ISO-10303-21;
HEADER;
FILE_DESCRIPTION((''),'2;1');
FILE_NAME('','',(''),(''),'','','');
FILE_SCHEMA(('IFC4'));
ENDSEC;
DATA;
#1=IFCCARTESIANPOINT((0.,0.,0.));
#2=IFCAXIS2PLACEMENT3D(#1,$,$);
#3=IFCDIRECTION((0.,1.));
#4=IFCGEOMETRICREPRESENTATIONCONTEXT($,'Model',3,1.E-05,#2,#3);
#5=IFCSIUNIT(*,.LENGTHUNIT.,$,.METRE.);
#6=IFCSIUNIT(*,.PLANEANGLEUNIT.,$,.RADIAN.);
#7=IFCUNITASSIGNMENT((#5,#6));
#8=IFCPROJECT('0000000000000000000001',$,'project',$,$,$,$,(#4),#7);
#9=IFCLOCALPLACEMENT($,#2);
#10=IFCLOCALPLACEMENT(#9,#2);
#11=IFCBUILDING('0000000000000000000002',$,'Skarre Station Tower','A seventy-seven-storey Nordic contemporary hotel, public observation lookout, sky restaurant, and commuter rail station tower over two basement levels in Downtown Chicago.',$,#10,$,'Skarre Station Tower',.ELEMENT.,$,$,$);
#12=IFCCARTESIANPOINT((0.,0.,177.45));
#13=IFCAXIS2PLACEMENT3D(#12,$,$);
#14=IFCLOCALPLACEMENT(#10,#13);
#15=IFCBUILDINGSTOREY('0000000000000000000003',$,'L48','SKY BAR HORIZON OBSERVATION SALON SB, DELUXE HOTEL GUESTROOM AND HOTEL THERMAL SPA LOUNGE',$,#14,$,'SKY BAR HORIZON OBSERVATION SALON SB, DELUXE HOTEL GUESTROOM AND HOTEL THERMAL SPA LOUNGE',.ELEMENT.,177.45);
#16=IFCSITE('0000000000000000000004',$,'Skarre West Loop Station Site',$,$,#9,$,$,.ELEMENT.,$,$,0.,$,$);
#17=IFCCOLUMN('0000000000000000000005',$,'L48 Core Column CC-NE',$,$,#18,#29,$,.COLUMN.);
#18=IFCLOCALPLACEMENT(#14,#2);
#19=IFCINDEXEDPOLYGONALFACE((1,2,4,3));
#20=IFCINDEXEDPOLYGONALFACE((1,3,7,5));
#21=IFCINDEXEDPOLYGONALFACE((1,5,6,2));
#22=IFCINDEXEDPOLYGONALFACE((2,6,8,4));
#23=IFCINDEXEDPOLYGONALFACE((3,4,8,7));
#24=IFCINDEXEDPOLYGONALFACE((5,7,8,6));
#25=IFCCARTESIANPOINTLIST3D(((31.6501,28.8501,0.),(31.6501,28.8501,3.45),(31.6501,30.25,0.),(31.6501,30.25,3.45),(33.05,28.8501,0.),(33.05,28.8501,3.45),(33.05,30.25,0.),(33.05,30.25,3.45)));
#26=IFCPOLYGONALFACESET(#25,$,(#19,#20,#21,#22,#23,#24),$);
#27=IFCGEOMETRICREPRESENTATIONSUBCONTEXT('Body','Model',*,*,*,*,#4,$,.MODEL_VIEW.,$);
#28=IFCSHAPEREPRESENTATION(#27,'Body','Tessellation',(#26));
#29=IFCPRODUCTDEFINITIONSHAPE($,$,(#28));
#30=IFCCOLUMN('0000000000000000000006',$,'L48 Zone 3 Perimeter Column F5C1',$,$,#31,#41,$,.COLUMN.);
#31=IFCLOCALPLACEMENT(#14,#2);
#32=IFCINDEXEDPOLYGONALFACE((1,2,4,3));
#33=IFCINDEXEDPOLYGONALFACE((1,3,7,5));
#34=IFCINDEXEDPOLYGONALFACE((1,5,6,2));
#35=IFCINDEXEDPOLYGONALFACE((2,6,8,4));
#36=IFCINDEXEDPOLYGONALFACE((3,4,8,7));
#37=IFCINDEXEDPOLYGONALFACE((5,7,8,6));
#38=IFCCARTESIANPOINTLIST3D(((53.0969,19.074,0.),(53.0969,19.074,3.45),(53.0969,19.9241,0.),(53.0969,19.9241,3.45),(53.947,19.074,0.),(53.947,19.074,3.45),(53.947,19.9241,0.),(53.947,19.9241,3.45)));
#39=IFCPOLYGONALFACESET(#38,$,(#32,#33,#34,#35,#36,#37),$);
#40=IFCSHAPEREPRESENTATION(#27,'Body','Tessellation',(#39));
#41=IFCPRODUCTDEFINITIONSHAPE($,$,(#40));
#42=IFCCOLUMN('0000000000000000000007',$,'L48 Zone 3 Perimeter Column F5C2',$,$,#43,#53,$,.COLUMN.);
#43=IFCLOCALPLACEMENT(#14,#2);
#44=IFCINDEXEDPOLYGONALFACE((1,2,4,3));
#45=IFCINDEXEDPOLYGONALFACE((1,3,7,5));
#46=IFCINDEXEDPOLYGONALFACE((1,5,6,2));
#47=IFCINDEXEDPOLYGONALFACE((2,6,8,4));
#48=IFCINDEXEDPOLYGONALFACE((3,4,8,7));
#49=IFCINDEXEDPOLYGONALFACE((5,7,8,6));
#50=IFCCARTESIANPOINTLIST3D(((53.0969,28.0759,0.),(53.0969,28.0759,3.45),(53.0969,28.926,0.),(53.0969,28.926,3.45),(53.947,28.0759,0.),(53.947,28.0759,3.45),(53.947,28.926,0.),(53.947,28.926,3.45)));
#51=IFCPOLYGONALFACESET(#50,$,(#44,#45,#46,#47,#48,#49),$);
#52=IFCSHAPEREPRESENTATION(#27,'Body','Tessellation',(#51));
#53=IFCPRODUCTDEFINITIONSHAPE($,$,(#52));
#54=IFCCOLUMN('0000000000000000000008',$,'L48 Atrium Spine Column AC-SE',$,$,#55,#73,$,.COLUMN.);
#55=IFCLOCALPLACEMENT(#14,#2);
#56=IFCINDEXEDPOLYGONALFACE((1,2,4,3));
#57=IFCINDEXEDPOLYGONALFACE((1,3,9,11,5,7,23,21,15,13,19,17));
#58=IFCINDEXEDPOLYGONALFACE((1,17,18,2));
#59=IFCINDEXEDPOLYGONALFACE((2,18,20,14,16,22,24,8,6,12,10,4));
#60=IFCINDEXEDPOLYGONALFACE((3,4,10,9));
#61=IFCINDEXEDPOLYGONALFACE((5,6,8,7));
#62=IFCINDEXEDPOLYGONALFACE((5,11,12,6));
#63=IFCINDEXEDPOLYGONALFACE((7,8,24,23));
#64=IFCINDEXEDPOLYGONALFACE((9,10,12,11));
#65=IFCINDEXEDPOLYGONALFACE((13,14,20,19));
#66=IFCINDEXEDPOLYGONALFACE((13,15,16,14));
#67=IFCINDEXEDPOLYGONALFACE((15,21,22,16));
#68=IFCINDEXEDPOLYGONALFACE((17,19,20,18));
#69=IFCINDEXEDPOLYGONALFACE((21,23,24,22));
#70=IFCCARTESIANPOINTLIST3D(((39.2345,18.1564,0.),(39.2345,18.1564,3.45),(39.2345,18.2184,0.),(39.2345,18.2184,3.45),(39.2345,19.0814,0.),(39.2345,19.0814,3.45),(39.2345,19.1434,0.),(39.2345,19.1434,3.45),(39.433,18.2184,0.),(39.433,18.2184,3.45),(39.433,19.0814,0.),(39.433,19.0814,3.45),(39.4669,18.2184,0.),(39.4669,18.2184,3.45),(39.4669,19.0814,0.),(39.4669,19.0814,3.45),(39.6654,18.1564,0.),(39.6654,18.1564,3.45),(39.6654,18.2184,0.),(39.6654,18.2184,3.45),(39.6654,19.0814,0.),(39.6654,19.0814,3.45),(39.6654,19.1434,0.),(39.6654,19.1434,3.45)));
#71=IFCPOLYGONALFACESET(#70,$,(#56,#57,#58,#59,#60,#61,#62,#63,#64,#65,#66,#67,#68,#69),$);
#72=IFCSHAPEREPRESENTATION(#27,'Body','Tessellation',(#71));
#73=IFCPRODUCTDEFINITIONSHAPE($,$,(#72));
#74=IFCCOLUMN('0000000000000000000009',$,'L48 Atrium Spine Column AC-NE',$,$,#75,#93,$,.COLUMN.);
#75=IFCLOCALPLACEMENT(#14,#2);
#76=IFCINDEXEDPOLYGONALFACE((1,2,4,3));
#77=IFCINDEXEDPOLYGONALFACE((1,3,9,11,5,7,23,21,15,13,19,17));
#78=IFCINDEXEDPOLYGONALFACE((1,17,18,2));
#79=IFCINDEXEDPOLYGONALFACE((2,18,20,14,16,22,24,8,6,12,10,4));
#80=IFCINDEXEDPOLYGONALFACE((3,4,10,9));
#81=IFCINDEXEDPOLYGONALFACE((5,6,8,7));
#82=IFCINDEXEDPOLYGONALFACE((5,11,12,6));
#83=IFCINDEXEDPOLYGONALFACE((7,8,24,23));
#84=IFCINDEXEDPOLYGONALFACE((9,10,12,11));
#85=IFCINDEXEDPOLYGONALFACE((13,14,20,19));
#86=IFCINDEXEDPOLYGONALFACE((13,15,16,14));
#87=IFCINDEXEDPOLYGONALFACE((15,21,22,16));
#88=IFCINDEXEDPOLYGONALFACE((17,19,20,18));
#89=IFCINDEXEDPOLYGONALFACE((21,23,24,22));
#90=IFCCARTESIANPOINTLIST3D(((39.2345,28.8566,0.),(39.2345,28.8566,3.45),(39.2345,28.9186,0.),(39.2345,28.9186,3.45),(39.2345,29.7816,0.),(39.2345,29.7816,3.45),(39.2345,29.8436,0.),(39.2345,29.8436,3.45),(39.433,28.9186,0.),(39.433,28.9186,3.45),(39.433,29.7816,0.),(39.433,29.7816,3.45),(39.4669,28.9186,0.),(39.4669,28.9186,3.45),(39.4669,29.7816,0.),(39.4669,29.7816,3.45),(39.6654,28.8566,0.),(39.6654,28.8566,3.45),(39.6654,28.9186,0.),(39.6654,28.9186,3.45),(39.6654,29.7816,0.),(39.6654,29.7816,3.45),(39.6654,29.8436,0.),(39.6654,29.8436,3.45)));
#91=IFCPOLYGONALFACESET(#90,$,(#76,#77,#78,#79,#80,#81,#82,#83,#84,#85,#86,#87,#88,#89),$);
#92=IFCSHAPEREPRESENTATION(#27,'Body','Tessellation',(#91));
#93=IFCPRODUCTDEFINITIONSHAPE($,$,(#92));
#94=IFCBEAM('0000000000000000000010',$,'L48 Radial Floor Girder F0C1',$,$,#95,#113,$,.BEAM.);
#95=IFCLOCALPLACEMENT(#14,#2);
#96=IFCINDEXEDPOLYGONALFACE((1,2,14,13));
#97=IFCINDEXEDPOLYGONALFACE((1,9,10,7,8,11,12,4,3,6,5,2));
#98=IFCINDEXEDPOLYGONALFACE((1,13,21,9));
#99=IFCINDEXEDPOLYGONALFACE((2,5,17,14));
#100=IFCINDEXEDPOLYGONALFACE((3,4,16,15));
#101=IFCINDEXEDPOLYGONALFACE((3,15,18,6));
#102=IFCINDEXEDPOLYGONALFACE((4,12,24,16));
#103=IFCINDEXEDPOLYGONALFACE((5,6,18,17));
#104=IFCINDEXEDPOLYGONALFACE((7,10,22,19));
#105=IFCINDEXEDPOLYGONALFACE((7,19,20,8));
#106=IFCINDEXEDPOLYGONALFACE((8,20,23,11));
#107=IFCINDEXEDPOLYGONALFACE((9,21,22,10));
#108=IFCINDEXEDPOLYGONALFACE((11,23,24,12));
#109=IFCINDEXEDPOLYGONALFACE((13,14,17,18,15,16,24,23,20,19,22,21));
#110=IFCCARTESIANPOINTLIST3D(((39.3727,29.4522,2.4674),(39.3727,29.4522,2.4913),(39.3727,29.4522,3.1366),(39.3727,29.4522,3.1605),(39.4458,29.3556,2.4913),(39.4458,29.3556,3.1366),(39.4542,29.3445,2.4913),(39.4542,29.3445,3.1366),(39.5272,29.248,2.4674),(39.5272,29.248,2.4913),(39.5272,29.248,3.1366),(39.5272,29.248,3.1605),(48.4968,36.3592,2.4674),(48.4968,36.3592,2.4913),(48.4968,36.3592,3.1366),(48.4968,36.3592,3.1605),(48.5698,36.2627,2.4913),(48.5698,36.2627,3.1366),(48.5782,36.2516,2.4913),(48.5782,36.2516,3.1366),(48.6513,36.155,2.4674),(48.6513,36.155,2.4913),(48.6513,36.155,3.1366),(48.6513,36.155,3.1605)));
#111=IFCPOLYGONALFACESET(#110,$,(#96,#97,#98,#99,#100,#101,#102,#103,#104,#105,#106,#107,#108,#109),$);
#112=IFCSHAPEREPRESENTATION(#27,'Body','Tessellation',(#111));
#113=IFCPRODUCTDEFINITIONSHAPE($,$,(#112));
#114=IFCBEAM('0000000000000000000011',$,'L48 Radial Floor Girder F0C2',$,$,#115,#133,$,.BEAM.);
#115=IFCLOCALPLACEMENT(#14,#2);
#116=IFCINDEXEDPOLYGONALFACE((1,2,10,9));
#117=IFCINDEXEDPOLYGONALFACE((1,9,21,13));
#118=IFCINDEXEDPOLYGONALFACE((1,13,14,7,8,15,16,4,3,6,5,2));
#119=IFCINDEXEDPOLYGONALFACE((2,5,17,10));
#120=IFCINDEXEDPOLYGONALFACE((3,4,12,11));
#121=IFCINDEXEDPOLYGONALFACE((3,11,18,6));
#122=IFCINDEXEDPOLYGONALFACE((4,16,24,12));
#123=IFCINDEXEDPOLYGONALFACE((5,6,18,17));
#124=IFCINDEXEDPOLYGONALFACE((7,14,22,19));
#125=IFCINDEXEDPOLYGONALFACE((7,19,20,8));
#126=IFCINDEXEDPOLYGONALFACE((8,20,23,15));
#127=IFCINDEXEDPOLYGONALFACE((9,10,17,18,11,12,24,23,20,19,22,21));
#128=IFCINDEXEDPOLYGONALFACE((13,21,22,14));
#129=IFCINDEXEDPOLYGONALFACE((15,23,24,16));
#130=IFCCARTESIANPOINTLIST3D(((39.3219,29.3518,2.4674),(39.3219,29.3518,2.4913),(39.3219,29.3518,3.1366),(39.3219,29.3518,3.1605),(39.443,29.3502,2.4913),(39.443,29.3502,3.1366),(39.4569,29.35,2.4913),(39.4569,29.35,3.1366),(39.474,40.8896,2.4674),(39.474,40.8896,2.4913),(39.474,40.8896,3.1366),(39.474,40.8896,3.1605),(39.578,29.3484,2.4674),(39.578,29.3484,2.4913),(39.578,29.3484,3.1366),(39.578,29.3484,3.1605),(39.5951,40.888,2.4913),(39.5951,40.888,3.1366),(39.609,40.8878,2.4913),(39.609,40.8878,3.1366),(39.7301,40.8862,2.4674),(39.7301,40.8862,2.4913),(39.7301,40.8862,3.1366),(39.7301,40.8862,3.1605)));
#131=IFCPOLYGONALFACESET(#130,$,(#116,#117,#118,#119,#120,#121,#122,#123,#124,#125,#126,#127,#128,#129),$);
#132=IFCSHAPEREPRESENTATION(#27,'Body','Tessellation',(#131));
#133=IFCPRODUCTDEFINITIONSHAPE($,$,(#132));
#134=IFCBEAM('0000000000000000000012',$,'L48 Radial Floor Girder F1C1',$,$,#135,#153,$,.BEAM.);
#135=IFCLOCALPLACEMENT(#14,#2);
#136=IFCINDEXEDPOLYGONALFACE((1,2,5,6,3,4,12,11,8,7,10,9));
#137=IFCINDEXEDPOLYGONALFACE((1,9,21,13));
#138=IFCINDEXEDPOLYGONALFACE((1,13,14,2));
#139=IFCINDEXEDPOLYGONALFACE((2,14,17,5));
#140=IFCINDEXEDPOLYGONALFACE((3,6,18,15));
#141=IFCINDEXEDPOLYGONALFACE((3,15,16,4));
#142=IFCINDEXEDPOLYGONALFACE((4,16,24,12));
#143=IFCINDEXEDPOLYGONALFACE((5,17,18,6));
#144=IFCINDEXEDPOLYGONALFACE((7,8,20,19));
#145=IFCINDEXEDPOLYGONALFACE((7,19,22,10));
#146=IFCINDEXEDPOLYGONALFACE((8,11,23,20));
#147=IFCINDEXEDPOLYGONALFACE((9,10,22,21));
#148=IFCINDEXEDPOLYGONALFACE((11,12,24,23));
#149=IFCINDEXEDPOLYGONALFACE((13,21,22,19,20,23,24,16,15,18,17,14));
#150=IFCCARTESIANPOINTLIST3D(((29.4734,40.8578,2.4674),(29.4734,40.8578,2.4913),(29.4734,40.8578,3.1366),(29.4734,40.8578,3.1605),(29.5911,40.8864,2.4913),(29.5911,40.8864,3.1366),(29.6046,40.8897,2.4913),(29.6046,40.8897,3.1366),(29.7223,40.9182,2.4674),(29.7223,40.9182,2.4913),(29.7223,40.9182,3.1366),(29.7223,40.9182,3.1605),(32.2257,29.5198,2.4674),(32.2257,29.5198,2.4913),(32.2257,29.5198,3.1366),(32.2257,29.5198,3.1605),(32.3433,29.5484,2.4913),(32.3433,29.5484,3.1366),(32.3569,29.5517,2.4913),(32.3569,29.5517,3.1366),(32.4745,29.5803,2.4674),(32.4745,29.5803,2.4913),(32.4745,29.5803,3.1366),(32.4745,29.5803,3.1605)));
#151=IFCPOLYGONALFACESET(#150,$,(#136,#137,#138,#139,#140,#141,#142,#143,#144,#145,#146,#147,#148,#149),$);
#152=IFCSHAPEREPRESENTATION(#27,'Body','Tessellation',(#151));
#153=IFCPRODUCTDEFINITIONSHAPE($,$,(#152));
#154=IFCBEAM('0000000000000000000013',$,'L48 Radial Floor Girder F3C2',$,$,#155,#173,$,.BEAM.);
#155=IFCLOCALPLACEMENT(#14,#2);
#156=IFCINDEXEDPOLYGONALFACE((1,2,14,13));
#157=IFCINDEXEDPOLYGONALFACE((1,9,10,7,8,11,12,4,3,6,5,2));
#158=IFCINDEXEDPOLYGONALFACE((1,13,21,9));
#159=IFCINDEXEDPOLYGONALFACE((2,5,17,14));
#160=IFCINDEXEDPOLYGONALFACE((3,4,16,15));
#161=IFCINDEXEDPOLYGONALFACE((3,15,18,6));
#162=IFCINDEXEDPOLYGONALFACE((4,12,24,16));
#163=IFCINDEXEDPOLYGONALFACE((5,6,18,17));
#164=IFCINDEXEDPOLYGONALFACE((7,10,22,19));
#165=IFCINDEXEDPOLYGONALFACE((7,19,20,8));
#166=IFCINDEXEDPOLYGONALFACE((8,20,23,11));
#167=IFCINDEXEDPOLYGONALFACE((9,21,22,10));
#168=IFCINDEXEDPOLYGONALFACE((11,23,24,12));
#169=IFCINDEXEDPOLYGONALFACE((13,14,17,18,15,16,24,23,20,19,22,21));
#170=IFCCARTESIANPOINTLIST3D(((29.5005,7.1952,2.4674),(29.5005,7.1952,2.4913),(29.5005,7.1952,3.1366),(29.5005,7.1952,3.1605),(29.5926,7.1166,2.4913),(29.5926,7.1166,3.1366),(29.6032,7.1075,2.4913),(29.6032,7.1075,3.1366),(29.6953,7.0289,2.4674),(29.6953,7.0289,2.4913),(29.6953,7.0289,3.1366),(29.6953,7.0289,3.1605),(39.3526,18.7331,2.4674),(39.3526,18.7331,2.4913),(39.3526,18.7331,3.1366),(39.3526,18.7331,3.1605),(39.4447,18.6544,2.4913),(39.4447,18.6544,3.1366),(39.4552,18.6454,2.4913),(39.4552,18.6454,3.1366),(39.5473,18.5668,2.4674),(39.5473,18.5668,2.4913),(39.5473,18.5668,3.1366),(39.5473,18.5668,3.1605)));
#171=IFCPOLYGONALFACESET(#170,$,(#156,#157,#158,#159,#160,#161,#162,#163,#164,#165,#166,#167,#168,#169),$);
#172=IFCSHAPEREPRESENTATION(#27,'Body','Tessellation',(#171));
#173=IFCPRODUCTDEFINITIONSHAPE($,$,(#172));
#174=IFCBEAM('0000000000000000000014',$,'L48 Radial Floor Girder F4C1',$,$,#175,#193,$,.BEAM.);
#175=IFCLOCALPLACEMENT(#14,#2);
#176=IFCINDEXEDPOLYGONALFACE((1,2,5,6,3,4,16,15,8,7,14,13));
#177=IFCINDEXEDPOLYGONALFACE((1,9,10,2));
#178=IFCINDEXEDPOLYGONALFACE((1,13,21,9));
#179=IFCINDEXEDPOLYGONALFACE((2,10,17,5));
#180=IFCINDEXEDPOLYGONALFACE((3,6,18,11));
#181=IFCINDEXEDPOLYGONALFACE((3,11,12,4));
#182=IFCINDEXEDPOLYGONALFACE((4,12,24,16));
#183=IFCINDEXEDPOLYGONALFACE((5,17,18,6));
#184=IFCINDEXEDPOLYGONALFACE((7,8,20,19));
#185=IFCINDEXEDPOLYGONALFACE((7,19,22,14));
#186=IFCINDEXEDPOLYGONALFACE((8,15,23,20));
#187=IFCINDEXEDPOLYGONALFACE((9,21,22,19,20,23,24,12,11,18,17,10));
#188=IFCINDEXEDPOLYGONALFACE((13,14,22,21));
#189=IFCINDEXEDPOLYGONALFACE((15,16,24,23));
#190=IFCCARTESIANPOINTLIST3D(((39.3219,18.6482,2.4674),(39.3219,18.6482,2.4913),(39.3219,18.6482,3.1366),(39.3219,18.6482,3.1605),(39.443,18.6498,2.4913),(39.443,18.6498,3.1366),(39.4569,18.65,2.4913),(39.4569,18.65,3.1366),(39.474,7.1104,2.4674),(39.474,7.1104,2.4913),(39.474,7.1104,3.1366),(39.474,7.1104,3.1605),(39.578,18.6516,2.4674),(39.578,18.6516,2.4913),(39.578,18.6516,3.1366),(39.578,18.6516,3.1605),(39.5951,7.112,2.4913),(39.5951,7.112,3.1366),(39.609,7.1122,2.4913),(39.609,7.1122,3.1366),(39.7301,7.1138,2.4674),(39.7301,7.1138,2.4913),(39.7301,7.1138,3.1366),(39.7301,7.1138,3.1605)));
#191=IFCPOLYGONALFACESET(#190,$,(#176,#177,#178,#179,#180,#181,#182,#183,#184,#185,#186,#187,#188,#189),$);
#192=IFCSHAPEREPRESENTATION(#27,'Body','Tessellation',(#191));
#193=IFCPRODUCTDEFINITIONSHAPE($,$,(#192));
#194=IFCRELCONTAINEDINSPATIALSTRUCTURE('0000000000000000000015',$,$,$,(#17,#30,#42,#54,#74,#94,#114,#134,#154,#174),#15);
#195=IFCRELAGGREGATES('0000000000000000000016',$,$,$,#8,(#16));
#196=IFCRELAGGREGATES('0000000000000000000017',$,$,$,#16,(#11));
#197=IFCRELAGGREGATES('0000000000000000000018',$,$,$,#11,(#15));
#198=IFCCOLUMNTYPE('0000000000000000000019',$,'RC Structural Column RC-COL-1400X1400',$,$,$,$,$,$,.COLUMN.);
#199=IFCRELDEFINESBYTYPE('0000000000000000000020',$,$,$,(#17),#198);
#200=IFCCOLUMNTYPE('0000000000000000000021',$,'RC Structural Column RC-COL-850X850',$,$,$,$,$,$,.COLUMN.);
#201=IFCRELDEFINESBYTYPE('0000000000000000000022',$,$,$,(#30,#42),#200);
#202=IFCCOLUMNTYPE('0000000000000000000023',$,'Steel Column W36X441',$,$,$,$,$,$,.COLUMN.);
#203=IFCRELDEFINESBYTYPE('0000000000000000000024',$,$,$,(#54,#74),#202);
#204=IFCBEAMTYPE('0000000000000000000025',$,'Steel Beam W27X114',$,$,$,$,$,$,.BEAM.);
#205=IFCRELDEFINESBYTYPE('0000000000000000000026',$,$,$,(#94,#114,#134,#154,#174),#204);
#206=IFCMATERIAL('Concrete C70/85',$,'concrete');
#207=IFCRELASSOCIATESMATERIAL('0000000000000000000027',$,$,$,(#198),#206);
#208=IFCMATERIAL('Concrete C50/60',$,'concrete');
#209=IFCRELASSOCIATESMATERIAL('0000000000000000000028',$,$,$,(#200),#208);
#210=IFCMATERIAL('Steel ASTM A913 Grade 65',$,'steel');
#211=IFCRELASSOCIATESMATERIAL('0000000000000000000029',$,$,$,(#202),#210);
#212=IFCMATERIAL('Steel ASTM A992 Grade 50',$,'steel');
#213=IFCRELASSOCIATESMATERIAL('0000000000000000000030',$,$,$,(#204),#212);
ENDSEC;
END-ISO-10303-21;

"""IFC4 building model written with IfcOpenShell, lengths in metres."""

from ifc_helpers import new_model, si_unit, direction, frame, origin, origin_2d, place, context, subcontext, project, spatial, rectangle, i_section, extrude, material, material_profile, profile_set, type_object, element, save


model = new_model("IFC4")

# Units and contexts
model_context = context("Model", 3, precision=1e-05, world=origin(), true_north=direction((0.0, 1.0)))
body_context = subcontext(model_context, "Body", "Model", "MODEL_VIEW")
ifc_project = project(units=[si_unit("LENGTHUNIT", "METRE"), si_unit("PLANEANGLEUNIT", "RADIAN")], contexts=[model_context])

# Site, building, storey
site_placement = place(None, origin())
site = spatial("IfcSite", under=ifc_project, at=site_placement, Name="Skarre West Loop Station Site", CompositionType="ELEMENT", RefElevation=0.0)
building_placement = place(site_placement, origin())
building = spatial("IfcBuilding", under=site, at=building_placement, Name="Skarre Station Tower", Description="A seventy-seven-storey Nordic contemporary hotel, public observation lookout, sky restaurant, and commuter rail station tower over two basement levels in Downtown Chicago.", LongName="Skarre Station Tower", CompositionType="ELEMENT")
storey_placement = place(building_placement, frame((0.0, 0.0, 177.45)))
storey = spatial("IfcBuildingStorey", under=building, at=storey_placement, Name="L48", Description="SKY BAR HORIZON OBSERVATION SALON SB, DELUXE HOTEL GUESTROOM AND HOTEL THERMAL SPA LOUNGE", LongName="SKY BAR HORIZON OBSERVATION SALON SB, DELUXE HOTEL GUESTROOM AND HOTEL THERMAL SPA LOUNGE", CompositionType="ELEMENT", Elevation=177.45)

# Columns
ifc_material_1 = material(Name="Concrete C70/85", Category="concrete")
ifc_material_profile_1 = material_profile(ifc_material_1, rectangle(XDim=1.3999, YDim=1.3999, at=origin_2d()), Name="Concrete C70/85")
ifc_profile_set_1 = profile_set([ifc_material_profile_1], Name="Concrete C70/85")
column_type_1 = type_object("IfcColumnType", Name="RC Structural Column RC-COL-1400X1400", PredefinedType="COLUMN", material=ifc_profile_set_1)
column_placement = place(storey_placement, frame((32.3501, 29.55, 0.0), z_axis=(0.0, 0.0, 1.0), x_axis=(1.0, 0.0, 0.0)))
element("IfcColumn", 1, at=column_placement, inside=storey, type_object=column_type_1, Name="L48 Core Column CC-NE", PredefinedType="COLUMN", context=body_context, shape_type="SweptSolid", body=[
    extrude(rectangle(XDim=1.3999, YDim=1.3999, at=origin_2d()), origin(), (0.0, 0.0, 1.0), 3.45),
])
ifc_material_2 = material(Name="Concrete C50/60", Category="concrete")
ifc_material_profile_2 = material_profile(ifc_material_2, rectangle(XDim=0.8501, YDim=0.8501, at=origin_2d()), Name="Concrete C50/60")
ifc_profile_set_2 = profile_set([ifc_material_profile_2], Name="Concrete C50/60")
column_type_2 = type_object("IfcColumnType", Name="RC Structural Column RC-COL-850X850", PredefinedType="COLUMN", material=ifc_profile_set_2)
for number, where, z_axis, x_axis, name in (
    (2, (53.522, 19.499, 0.0), (0.0, 0.0, 1.0), (1.0, 0.0, 0.0), "L48 Zone 3 Perimeter Column F5C1"),
    (3, (53.522, 28.501, 0.0), (0.0, 0.0, 1.0), (1.0, 0.0, 0.0), "L48 Zone 3 Perimeter Column F5C2"),
):
    element("IfcColumn", number, at=place(storey_placement, frame(where, z_axis=z_axis, x_axis=x_axis)), inside=storey, type_object=column_type_2, Name=name, PredefinedType="COLUMN", context=body_context, shape_type="SweptSolid", body=[
        extrude(rectangle(XDim=0.8501, YDim=0.8501, at=origin_2d()), origin(), (0.0, 0.0, 1.0), 3.45),
    ])
ifc_material_3 = material(Name="Steel ASTM A913 Grade 65", Category="steel")
ifc_material_profile_3 = material_profile(ifc_material_3, i_section(OverallWidth=0.4309, OverallDepth=0.9871, WebThickness=0.0339, FlangeThickness=0.062, at=origin_2d()), Name="Steel ASTM A913 Grade 65")
ifc_profile_set_3 = profile_set([ifc_material_profile_3], Name="Steel ASTM A913 Grade 65")
column_type_3 = type_object("IfcColumnType", Name="Steel Column W36X441", PredefinedType="COLUMN", material=ifc_profile_set_3)
for number, where, z_axis, x_axis, name in (
    (4, (39.45, 18.6499, 0.0), (0.0, 0.0, 1.0), (1.0, 0.0, 0.0), "L48 Atrium Spine Column AC-SE"),
    (5, (39.45, 29.3501, 0.0), (0.0, 0.0, 1.0), (1.0, 0.0, 0.0), "L48 Atrium Spine Column AC-NE"),
):
    element("IfcColumn", number, at=place(storey_placement, frame(where, z_axis=z_axis, x_axis=x_axis)), inside=storey, type_object=column_type_3, Name=name, PredefinedType="COLUMN", context=body_context, shape_type="SweptSolid", body=[
        extrude(i_section(OverallWidth=0.4309, OverallDepth=0.9871, WebThickness=0.0339, FlangeThickness=0.062, at=origin_2d()), origin(), (0.0, 0.0, 1.0), 3.45),
    ])

# Beams
ifc_material_4 = material(Name="Steel ASTM A992 Grade 50", Category="steel")
ifc_material_profile_4 = material_profile(ifc_material_4, i_section(OverallWidth=0.2561, OverallDepth=0.6931, WebThickness=0.0139, FlangeThickness=0.0239, at=origin_2d()), Name="Steel ASTM A992 Grade 50")
ifc_profile_set_4 = profile_set([ifc_material_profile_4], Name="Steel ASTM A992 Grade 50")
beam_type_1 = type_object("IfcBeamType", Name="Steel Beam W27X114", PredefinedType="BEAM", material=ifc_profile_set_4)
beam_1_placement = place(storey_placement, frame((39.45, 29.3501, 2.814), z_axis=(0.797309, 0.603571, 0.0), x_axis=(-0.603571, 0.797309, 0.0)))
element("IfcBeam", 6, at=beam_1_placement, inside=storey, type_object=beam_type_1, Name="L48 Radial Floor Girder F0C1", PredefinedType="BEAM", context=body_context, shape_type="SweptSolid", body=[
    extrude(i_section(OverallWidth=0.2561, OverallDepth=0.6931, WebThickness=0.0139, FlangeThickness=0.0239, at=origin_2d()), origin(), (0.0, 0.0, 1.0), 11.4436),
])
beam_2_placement = place(storey_placement, frame((39.45, 29.3501, 2.814), z_axis=(0.013182, 0.999913, 0.0), x_axis=(-0.999913, 0.013182, 0.0)))
element("IfcBeam", 7, at=beam_2_placement, inside=storey, type_object=beam_type_1, Name="L48 Radial Floor Girder F0C2", PredefinedType="BEAM", context=body_context, shape_type="SweptSolid", body=[
    extrude(i_section(OverallWidth=0.2561, OverallDepth=0.6931, WebThickness=0.0139, FlangeThickness=0.0239, at=origin_2d()), origin(), (0.0, 0.0, 1.0), 11.5388),
])
beam_3_placement = place(storey_placement, frame((32.3501, 29.55, 2.814), z_axis=(-0.235893, 0.971779, 0.0), x_axis=(-0.971779, -0.235893, 0.0)))
element("IfcBeam", 8, at=beam_3_placement, inside=storey, type_object=beam_type_1, Name="L48 Radial Floor Girder F1C1", PredefinedType="BEAM", context=body_context, shape_type="SweptSolid", body=[
    extrude(i_section(OverallWidth=0.2561, OverallDepth=0.6931, WebThickness=0.0139, FlangeThickness=0.0239, at=origin_2d()), origin(), (0.0, 0.0, 1.0), 11.6672),
])
beam_4_placement = place(storey_placement, frame((39.45, 18.6499, 2.814), z_axis=(-0.649364, -0.760477, 0.0), x_axis=(0.760477, -0.649364, 0.0)))
element("IfcBeam", 9, at=beam_4_placement, inside=storey, type_object=beam_type_1, Name="L48 Radial Floor Girder F3C2", PredefinedType="BEAM", context=body_context, shape_type="SweptSolid", body=[
    extrude(i_section(OverallWidth=0.2561, OverallDepth=0.6931, WebThickness=0.0139, FlangeThickness=0.0239, at=origin_2d()), origin(), (0.0, 0.0, 1.0), 15.1719),
])
beam_5_placement = place(storey_placement, frame((39.45, 18.6499, 2.814), z_axis=(0.013182, -0.999913, 0.0), x_axis=(0.999913, 0.013182, 0.0)))
element("IfcBeam", 10, at=beam_5_placement, inside=storey, type_object=beam_type_1, Name="L48 Radial Floor Girder F4C1", PredefinedType="BEAM", context=body_context, shape_type="SweptSolid", body=[
    extrude(i_section(OverallWidth=0.2561, OverallDepth=0.6931, WebThickness=0.0139, FlangeThickness=0.0239, at=origin_2d()), origin(), (0.0, 0.0, 1.0), 11.5388),
])

save(model, "model.ifc")
